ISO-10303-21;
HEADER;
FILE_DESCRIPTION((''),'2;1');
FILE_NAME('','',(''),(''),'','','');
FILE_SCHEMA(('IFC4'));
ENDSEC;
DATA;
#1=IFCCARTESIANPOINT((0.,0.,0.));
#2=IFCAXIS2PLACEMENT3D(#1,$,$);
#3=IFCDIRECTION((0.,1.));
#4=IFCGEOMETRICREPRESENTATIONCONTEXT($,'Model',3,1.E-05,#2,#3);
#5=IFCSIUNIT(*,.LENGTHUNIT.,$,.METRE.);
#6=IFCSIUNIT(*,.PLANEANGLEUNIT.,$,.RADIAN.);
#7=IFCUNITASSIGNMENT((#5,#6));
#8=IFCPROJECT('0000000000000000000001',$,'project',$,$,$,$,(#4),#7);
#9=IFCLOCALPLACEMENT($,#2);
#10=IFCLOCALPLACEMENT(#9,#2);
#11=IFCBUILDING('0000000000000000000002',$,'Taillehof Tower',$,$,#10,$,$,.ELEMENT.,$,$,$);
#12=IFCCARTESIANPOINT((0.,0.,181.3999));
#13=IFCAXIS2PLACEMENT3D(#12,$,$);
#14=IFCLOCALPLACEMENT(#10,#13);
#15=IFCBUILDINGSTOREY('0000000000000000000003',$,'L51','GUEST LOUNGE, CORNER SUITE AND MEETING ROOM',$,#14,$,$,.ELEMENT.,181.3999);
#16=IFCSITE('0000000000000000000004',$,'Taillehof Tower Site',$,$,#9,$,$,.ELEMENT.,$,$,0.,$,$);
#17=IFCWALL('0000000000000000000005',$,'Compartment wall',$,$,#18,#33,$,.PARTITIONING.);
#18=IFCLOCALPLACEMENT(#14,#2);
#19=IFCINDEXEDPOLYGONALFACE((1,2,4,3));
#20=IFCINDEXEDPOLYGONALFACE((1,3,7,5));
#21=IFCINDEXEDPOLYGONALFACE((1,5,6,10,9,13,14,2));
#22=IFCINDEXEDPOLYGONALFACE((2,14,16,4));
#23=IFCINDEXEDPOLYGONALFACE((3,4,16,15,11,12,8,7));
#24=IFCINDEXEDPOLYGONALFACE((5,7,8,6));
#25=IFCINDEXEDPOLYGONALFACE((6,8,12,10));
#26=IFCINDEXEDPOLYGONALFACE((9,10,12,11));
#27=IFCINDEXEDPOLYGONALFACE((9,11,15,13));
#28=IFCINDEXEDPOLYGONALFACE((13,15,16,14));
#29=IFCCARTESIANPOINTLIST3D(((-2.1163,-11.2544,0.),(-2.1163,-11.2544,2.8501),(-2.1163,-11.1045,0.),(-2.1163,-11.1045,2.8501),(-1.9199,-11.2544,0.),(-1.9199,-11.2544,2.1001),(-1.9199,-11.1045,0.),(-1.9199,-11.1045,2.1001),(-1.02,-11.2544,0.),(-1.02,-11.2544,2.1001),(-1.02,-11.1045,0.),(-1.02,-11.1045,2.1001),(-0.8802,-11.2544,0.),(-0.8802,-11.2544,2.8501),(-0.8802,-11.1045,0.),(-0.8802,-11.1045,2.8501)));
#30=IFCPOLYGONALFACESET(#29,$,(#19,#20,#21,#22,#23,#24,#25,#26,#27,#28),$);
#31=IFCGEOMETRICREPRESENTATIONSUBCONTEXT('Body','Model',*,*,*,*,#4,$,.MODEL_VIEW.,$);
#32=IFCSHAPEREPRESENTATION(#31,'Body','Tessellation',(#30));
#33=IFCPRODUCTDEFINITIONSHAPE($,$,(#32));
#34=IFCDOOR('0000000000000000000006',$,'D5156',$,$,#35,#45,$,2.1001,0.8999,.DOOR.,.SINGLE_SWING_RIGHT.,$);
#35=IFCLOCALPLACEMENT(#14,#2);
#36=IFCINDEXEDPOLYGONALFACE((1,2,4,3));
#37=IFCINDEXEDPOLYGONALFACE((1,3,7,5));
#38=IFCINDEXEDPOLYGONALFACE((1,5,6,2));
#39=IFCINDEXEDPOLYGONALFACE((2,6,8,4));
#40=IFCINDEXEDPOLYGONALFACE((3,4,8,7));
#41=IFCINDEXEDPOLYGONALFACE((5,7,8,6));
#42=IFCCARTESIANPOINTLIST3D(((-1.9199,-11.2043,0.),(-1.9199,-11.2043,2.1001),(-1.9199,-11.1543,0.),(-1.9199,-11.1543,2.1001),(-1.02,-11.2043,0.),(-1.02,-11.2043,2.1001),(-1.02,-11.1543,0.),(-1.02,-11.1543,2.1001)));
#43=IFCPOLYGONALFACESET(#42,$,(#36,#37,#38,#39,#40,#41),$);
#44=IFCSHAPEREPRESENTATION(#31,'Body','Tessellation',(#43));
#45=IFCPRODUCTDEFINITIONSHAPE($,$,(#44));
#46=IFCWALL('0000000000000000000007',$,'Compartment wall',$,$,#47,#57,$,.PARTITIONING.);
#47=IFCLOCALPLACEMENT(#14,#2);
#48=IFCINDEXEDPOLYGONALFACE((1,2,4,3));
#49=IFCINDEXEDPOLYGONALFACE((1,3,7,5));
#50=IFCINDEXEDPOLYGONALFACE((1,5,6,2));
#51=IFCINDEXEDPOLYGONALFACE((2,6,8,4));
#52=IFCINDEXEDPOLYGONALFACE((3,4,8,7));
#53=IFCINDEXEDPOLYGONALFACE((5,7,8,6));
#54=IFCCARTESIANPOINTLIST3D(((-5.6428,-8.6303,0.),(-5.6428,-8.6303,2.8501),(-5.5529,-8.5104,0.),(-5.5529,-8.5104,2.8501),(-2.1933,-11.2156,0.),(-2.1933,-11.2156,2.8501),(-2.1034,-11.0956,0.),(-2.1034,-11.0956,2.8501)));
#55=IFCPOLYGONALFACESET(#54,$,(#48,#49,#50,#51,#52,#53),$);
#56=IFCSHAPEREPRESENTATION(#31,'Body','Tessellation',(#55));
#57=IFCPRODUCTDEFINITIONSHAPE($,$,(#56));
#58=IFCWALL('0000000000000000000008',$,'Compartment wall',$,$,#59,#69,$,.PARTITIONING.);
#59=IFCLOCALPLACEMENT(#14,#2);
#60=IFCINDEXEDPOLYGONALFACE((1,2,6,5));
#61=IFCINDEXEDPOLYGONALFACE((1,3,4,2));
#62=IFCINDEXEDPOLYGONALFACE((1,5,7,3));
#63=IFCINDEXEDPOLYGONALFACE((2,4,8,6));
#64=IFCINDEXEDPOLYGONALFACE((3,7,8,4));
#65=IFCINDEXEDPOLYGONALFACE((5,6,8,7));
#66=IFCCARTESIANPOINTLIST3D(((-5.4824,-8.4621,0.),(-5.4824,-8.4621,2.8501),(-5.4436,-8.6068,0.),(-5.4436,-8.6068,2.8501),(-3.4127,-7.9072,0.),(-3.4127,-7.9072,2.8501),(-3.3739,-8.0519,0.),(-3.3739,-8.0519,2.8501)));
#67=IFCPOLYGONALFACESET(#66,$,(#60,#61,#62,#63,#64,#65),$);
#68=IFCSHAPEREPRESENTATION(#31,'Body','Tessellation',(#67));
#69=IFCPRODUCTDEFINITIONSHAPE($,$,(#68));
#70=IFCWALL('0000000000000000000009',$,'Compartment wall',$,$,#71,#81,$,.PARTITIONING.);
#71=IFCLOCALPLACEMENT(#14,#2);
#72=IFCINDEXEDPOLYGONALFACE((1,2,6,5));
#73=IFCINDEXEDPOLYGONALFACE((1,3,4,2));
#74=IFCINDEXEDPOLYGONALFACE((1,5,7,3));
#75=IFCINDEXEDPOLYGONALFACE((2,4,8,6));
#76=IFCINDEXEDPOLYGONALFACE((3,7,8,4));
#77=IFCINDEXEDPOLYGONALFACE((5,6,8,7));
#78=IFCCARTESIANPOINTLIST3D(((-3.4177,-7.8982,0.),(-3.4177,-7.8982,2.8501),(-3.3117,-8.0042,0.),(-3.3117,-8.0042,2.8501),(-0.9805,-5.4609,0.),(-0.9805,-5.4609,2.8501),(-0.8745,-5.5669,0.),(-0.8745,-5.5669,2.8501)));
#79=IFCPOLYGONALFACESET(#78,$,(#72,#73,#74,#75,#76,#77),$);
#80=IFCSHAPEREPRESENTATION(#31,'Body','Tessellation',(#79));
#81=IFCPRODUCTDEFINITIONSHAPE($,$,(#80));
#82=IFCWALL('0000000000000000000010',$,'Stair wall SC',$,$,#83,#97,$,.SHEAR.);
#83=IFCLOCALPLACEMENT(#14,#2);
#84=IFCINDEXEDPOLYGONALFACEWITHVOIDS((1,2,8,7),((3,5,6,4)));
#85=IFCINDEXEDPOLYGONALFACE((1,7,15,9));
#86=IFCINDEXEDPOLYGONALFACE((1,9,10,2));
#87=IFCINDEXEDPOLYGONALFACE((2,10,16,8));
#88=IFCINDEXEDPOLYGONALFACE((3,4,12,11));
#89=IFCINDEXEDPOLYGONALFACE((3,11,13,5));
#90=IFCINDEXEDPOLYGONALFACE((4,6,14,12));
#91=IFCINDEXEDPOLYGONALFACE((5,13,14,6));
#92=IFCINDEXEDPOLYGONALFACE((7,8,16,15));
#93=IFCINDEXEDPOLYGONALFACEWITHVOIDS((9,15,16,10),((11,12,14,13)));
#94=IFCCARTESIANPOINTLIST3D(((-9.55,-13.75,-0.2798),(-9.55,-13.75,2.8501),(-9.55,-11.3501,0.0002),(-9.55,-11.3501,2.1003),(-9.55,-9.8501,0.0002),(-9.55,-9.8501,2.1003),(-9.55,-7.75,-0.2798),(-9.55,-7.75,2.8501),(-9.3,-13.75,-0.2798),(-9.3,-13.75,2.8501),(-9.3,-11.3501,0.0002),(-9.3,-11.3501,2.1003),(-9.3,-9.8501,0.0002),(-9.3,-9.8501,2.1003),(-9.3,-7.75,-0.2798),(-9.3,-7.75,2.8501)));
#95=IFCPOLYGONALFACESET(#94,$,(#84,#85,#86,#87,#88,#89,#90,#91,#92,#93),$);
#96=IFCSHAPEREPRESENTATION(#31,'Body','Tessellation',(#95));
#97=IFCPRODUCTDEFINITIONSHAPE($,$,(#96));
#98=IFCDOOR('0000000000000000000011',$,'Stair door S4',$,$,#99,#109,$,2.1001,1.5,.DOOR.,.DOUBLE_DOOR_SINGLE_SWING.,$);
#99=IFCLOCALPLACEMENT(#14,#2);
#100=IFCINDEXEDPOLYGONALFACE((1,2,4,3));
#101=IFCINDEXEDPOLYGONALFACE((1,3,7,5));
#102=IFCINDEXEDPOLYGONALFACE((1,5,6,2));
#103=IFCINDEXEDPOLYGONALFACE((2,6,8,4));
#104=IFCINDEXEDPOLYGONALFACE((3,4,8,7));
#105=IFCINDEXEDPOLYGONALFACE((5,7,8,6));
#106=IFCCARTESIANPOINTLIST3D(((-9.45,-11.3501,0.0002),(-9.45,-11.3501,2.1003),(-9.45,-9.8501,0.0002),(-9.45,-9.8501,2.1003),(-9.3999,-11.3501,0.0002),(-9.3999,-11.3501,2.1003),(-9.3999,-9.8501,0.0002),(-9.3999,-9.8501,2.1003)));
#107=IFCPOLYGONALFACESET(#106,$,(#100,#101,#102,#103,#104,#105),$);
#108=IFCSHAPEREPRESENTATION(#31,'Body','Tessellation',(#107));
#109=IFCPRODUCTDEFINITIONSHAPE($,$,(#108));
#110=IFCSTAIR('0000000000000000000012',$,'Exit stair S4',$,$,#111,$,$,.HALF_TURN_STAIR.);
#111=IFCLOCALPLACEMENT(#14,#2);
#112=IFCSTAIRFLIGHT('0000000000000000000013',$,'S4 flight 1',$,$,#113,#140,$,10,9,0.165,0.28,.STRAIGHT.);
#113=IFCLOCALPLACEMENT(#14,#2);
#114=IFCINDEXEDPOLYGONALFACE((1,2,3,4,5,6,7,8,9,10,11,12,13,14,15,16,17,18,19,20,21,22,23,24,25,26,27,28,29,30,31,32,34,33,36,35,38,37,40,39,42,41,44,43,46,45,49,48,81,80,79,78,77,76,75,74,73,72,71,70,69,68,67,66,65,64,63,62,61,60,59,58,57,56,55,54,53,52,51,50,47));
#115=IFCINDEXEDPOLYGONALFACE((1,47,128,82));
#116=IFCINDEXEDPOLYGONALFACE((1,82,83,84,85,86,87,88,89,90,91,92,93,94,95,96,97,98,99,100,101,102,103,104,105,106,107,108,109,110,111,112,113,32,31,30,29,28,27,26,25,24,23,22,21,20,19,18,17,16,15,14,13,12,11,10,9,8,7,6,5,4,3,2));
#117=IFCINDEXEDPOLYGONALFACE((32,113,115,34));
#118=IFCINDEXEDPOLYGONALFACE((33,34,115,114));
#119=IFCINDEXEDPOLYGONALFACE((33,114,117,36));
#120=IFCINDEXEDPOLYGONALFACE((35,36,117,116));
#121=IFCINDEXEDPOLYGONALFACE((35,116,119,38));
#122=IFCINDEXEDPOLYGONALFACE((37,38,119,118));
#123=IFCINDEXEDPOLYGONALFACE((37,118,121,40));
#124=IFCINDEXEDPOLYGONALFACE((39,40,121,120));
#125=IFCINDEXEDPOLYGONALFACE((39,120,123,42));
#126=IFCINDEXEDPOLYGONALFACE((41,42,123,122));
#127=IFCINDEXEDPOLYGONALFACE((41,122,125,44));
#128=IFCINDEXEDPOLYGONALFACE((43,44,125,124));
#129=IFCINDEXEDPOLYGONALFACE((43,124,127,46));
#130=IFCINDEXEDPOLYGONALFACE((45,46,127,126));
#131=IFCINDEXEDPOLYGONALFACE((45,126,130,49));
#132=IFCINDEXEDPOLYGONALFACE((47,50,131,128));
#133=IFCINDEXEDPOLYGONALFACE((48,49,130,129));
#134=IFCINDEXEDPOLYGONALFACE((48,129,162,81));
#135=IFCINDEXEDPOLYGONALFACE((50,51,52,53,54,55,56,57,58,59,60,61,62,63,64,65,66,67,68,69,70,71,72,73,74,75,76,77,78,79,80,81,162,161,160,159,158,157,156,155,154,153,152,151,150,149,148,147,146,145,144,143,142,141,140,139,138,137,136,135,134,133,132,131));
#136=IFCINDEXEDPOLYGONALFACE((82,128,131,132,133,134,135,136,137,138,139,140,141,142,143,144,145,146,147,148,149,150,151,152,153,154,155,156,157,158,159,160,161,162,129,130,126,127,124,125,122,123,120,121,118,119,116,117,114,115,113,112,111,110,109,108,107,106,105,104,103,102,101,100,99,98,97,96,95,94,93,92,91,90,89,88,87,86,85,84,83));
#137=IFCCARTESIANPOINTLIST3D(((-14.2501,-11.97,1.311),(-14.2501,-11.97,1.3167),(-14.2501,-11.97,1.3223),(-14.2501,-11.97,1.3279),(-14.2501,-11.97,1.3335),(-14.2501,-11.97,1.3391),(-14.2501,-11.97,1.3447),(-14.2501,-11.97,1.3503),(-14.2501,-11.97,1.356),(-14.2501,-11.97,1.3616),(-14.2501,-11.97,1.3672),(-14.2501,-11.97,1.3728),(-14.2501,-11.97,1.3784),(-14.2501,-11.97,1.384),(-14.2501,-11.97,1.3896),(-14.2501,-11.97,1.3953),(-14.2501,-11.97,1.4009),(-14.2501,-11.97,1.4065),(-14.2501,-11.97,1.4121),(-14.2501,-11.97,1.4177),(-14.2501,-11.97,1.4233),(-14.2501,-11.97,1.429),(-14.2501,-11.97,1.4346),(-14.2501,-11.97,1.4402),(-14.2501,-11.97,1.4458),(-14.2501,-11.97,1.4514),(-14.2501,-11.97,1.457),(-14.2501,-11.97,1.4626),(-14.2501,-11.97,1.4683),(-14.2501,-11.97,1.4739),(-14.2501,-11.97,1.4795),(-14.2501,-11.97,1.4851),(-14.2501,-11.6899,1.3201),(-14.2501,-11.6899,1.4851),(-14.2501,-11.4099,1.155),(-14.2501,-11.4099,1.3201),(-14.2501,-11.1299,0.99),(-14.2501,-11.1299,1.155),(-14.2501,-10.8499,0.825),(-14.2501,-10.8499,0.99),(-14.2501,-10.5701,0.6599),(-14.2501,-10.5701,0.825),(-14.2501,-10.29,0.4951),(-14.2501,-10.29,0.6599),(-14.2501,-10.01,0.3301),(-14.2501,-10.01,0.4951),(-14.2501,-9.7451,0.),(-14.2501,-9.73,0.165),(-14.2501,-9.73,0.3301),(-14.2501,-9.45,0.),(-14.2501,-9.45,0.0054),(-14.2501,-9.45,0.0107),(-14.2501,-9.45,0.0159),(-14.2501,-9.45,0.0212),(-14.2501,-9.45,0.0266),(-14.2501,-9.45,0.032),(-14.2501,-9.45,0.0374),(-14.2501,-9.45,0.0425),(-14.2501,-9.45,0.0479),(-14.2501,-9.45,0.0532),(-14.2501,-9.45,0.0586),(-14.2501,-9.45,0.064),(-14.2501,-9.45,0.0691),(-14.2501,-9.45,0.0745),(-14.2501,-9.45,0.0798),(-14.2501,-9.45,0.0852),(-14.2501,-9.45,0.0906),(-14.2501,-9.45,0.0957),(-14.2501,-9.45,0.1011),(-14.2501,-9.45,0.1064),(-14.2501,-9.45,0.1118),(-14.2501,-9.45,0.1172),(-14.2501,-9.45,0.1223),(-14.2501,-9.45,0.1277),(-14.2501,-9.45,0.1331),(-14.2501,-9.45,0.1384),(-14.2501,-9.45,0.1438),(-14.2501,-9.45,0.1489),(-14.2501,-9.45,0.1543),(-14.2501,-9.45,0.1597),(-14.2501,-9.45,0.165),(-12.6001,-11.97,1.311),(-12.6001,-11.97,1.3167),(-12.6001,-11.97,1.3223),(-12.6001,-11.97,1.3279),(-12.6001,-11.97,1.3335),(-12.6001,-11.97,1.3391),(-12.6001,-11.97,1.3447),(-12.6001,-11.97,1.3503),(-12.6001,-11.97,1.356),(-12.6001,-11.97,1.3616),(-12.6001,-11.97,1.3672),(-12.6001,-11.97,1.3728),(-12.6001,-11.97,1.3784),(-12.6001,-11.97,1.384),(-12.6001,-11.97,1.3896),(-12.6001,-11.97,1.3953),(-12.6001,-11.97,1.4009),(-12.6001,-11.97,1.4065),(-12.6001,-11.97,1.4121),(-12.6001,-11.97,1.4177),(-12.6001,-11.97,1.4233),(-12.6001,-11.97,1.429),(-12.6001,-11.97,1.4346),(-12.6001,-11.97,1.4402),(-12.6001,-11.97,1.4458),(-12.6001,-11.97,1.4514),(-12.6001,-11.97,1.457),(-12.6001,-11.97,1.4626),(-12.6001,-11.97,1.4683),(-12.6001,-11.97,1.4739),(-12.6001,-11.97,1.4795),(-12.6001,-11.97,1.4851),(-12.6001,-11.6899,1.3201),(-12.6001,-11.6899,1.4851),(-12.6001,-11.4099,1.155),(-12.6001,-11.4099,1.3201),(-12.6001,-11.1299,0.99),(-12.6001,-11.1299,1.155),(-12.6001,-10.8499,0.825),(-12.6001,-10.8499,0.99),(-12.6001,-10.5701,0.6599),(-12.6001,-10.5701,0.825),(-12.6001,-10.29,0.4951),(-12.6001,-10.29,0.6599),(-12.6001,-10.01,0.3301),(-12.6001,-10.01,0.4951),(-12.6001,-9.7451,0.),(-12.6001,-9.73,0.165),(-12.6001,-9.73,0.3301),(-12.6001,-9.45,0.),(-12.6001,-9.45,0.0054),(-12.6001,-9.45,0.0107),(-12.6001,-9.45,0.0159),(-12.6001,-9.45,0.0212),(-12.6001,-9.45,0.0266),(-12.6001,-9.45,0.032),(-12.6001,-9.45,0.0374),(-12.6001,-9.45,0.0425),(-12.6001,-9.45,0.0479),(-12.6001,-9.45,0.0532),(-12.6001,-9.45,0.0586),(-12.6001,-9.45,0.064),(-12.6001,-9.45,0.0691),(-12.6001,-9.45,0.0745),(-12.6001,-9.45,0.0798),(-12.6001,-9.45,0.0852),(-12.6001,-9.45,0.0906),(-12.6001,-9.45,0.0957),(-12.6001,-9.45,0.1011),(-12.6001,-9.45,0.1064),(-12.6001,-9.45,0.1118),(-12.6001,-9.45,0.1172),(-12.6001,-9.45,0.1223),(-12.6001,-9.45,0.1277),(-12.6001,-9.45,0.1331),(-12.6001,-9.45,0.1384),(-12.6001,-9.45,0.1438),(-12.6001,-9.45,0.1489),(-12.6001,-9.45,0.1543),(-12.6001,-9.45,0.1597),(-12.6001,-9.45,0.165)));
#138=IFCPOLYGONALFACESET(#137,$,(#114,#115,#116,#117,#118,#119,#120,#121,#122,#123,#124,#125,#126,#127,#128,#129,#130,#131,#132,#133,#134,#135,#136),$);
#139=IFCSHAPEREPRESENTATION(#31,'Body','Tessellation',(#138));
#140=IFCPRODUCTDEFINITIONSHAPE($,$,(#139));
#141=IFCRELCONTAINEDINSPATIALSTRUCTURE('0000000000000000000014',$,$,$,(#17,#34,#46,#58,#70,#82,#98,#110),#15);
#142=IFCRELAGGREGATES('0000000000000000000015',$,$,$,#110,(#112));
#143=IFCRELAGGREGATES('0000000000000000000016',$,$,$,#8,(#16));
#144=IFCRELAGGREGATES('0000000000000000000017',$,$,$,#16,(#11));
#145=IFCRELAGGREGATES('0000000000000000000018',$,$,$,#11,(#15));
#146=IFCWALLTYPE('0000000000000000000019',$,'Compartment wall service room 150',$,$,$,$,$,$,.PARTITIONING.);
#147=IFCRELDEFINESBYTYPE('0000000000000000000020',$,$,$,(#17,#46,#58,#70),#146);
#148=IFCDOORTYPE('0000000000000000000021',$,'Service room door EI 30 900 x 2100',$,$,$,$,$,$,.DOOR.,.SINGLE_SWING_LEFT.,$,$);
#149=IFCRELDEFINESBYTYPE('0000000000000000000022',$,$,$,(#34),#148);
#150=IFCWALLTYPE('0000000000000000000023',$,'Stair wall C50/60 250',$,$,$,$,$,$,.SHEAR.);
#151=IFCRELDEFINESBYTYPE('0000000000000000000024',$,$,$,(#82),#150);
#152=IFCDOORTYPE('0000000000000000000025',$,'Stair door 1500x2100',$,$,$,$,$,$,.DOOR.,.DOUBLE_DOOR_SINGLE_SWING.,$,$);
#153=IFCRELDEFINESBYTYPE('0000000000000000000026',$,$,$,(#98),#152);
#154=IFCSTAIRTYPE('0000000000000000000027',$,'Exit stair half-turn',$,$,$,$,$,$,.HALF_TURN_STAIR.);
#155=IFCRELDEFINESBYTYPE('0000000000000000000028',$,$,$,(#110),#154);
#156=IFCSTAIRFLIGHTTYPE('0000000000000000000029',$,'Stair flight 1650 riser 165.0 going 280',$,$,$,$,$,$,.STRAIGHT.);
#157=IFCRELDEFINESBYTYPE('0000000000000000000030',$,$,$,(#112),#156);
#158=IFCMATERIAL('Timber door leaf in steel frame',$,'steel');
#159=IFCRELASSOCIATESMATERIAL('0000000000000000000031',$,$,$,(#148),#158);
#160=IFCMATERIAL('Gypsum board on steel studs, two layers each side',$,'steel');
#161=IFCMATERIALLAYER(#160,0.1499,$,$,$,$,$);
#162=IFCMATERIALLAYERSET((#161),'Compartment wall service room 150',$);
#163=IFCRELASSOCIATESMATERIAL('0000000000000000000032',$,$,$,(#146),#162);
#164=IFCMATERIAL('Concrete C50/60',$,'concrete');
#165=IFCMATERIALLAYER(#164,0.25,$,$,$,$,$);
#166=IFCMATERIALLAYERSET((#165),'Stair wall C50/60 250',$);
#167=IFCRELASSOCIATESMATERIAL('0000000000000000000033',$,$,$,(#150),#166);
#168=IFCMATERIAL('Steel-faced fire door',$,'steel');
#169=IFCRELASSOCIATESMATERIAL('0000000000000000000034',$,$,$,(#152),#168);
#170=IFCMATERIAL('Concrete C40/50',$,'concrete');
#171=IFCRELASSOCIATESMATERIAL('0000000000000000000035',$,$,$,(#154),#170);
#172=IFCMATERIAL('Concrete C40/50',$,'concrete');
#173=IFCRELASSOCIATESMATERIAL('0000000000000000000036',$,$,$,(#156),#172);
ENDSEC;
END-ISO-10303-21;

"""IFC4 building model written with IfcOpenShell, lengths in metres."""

from ifc_helpers import new_model, si_unit, direction, frame, frame_2d, origin, place, context, subcontext, project, spatial, polyline, rectangle, outline, extrude, material, layer, layer_set, type_object, element, fill, aggregate, save


model = new_model("IFC4")

# Units and contexts
model_context = context("Model", 3, precision=1e-05, world=origin(), true_north=direction((0.0, 1.0)))
body_context = subcontext(model_context, "Body", "Model", "MODEL_VIEW")
ifc_project = project(units=[si_unit("LENGTHUNIT", "METRE"), si_unit("PLANEANGLEUNIT", "RADIAN")], contexts=[model_context])

# Site, building, storey
site_placement = place(None, origin())
site = spatial("IfcSite", under=ifc_project, at=site_placement, Name="Taillehof Tower Site", CompositionType="ELEMENT", RefElevation=0.0)
building_placement = place(site_placement, origin())
building = spatial("IfcBuilding", under=site, at=building_placement, Name="Taillehof Tower", CompositionType="ELEMENT")
storey_placement = place(building_placement, frame((0.0, 0.0, 181.3999)))
storey = spatial("IfcBuildingStorey", under=building, at=storey_placement, Name="L51", Description="GUEST LOUNGE, CORNER SUITE AND MEETING ROOM", CompositionType="ELEMENT", Elevation=181.3999)

# Shared definitions
ifc_material_1 = material(Name="Timber door leaf in steel frame", Category="steel")
door_type_1 = type_object("IfcDoorType", Name="Service room door EI 30 900 x 2100", OperationType="SINGLE_SWING_LEFT", PredefinedType="DOOR", material=ifc_material_1)

# Wall, opening, door
ifc_material_2 = material(Name="Gypsum board on steel studs, two layers each side", Category="steel")
ifc_layer_1 = layer(ifc_material_2, 0.1499)
ifc_layer_set_1 = layer_set([ifc_layer_1], Name="Compartment wall service room 150")
wall_type_1 = type_object("IfcWallType", Name="Compartment wall service room 150", PredefinedType="PARTITIONING", material=ifc_layer_set_1)
wall_1_placement = place(storey_placement, frame((-0.8801, -11.1794, 0.0), z_axis=(0.0, 0.0, 1.0), x_axis=(-1.0, 0.0, 0.0)))
wall_1 = element("IfcWall", 1, at=wall_1_placement, inside=storey, type_object=wall_type_1, Name="Compartment wall", PredefinedType="PARTITIONING", context=body_context, shape_type="SweptSolid", body=[
    extrude(rectangle(XDim=1.2361, YDim=0.1499, at=frame_2d((0.6182, 0.0))), origin(), (0.0, 0.0, 1.0), 2.8501),
])
opening_1_placement = place(wall_1_placement, frame((0.1399, 0.0, 0.0)))
opening_1 = element("IfcOpeningElement", 2, at=opening_1_placement, cuts=wall_1, PredefinedType="OPENING", context=body_context, shape_type="SweptSolid", body=[
    extrude(rectangle(XDim=0.8999, YDim=2.1001, at=frame_2d((0.45, 1.05))), frame((0.0, 0.085, 0.0), z_axis=(0.0, -1.0, 0.0), x_axis=(1.0, 0.0, 0.0)), (0.0, 0.0, 1.0), 0.1699),
])
door_1_placement = place(opening_1_placement, origin())
door_1 = element("IfcDoor", 3, at=door_1_placement, inside=storey, type_object=door_type_1, Name="D5156", OperationType="SINGLE_SWING_RIGHT", OverallHeight=2.1001, OverallWidth=0.8999, PredefinedType="DOOR", context=body_context, shape_type="SweptSolid", body=[
    extrude(rectangle(XDim=0.8999, YDim=2.1001, at=frame_2d((0.45, 1.05))), frame((0.0, 0.0249, 0.0), z_axis=(0.0, -1.0, 0.0), x_axis=(1.0, 0.0, 0.0)), (0.0, 0.0, 1.0), 0.05),
])
fill(opening_1, door_1)

# Walls
wall_2_placement = place(storey_placement, frame((-2.1484, -11.1555, 0.0), z_axis=(0.0, 0.0, 1.0), x_axis=(-0.800211, 0.599719, 0.0)))
element("IfcWall", 4, at=wall_2_placement, inside=storey, type_object=wall_type_1, Name="Compartment wall", PredefinedType="PARTITIONING", context=body_context, shape_type="SweptSolid", body=[
    extrude(rectangle(XDim=4.3108, YDim=0.1499, at=frame_2d((2.1553, 0.0))), origin(), (0.0, 0.0, 1.0), 2.8501),
])
wall_3_placement = place(storey_placement, frame((-5.4629, -8.5344, 0.0), z_axis=(0.0, 0.0, 1.0), x_axis=(0.965888, 0.25896, 0.0)))
element("IfcWall", 5, at=wall_3_placement, inside=storey, type_object=wall_type_1, Name="Compartment wall", PredefinedType="PARTITIONING", context=body_context, shape_type="SweptSolid", body=[
    extrude(rectangle(XDim=2.1428, YDim=0.1499, at=frame_2d((1.0713, 0.0))), origin(), (0.0, 0.0, 1.0), 2.8501),
])
wall_4_placement = place(storey_placement, frame((-3.3647, -7.9512, 0.0), z_axis=(0.0, 0.0, 1.0), x_axis=(0.707107, 0.707107, 0.0)))
element("IfcWall", 6, at=wall_4_placement, inside=storey, type_object=wall_type_1, Name="Compartment wall", PredefinedType="PARTITIONING", context=body_context, shape_type="SweptSolid", body=[
    extrude(rectangle(XDim=3.4468, YDim=0.1499, at=frame_2d((1.7234, 0.0))), origin(), (0.0, 0.0, 1.0), 2.8501),
])

# Wall, opening, door
ifc_material_3 = material(Name="Concrete C50/60", Category="concrete")
ifc_layer_2 = layer(ifc_material_3, 0.25)
ifc_layer_set_2 = layer_set([ifc_layer_2], Name="Stair wall C50/60 250")
wall_type_2 = type_object("IfcWallType", Name="Stair wall C50/60 250", PredefinedType="SHEAR", material=ifc_layer_set_2)
wall_5_placement = place(storey_placement, frame((-9.425, -13.75, -0.2798), z_axis=(0.0, 0.0, 1.0), x_axis=(0.0, 1.0, 0.0)))
wall_5 = element("IfcWall", 7, at=wall_5_placement, inside=storey, type_object=wall_type_2, Name="Stair wall SC", PredefinedType="SHEAR", context=body_context, shape_type="SweptSolid", body=[
    extrude(rectangle(XDim=6.0, YDim=0.25, at=frame_2d((3.0, 0.0))), origin(), (0.0, 0.0, 1.0), 3.1299),
])
opening_2_placement = place(wall_5_placement, frame((2.3999, 0.0, 0.28)))
opening_2 = element("IfcOpeningElement", 8, at=opening_2_placement, cuts=wall_5, PredefinedType="OPENING", context=body_context, shape_type="SweptSolid", body=[
    extrude(rectangle(XDim=1.5, YDim=2.1001, at=frame_2d((0.75, 1.05))), frame((0.0, 0.135, 0.0), z_axis=(0.0, -1.0, 0.0), x_axis=(1.0, 0.0, 0.0)), (0.0, 0.0, 1.0), 0.27),
])
ifc_material_4 = material(Name="Steel-faced fire door", Category="steel")
door_type_2 = type_object("IfcDoorType", Name="Stair door 1500x2100", OperationType="DOUBLE_DOOR_SINGLE_SWING", PredefinedType="DOOR", material=ifc_material_4)
door_2_placement = place(opening_2_placement, origin())
door_2 = element("IfcDoor", 9, at=door_2_placement, inside=storey, type_object=door_type_2, Name="Stair door S4", OperationType="DOUBLE_DOOR_SINGLE_SWING", OverallHeight=2.1001, OverallWidth=1.5, PredefinedType="DOOR", context=body_context, shape_type="SweptSolid", body=[
    extrude(rectangle(XDim=1.5, YDim=2.1001, at=frame_2d((0.75, 1.05))), frame((0.0, 0.0249, 0.0), z_axis=(0.0, -1.0, 0.0), x_axis=(1.0, 0.0, 0.0)), (0.0, 0.0, 1.0), 0.05),
])
fill(opening_2, door_2)

# Stair, stair flight
ifc_material_5 = material(Name="Concrete C40/50", Category="concrete")
stair_type = type_object("IfcStairType", Name="Exit stair half-turn", PredefinedType="HALF_TURN_STAIR", material=ifc_material_5)
stair_placement = place(storey_placement, origin())
stair = element("IfcStair", 10, at=stair_placement, inside=storey, type_object=stair_type, Name="Exit stair S4", PredefinedType="HALF_TURN_STAIR")
ifc_material_6 = material(Name="Concrete C40/50", Category="concrete")
stair_flight_type = type_object("IfcStairFlightType", Name="Stair flight 1650 riser 165.0 going 280", PredefinedType="STRAIGHT", material=ifc_material_6)
stair_flight_1_placement = place(storey_placement, frame((-13.425, -9.45, 0.0), z_axis=(0.0, 0.0, 1.0), x_axis=(0.0, -1.0, 0.0)))
stair_flight_1 = element("IfcStairFlight", 11, at=stair_flight_1_placement, type_object=stair_flight_type, Name="S4 flight 1", NumberOfRisers=10, NumberOfTreads=9, PredefinedType="STRAIGHT", RiserHeight=0.165, TreadLength=0.28, context=body_context, shape_type="SweptSolid", body=[
    extrude(outline(polyline([(0.0, 0.0), (0.0, 0.0054), (0.0, 0.0107), (0.0, 0.0159), (0.0, 0.0212), (0.0, 0.0266), (0.0, 0.032), (0.0, 0.0374), (0.0, 0.0425), (0.0, 0.0479), (0.0, 0.0532), (0.0, 0.0586), (0.0, 0.064), (0.0, 0.0691), (0.0, 0.0745), (0.0, 0.0798), (0.0, 0.0852), (0.0, 0.0906), (0.0, 0.0957), (0.0, 0.1011), (0.0, 0.1064), (0.0, 0.1118), (0.0, 0.1172), (0.0, 0.1223), (0.0, 0.1277), (0.0, 0.1331), (0.0, 0.1384), (0.0, 0.1438), (0.0, 0.1489), (0.0, 0.1543), (0.0, 0.1597), (0.0, 0.165), (0.28, 0.165), (0.28, 0.3301), (0.5601, 0.3301), (0.5601, 0.4951), (0.8401, 0.4951), (0.8401, 0.6599), (1.1201, 0.6599), (1.1201, 0.825), (1.3999, 0.825), (1.3999, 0.99), (1.6799, 0.99), (1.6799, 1.155), (1.96, 1.155), (1.96, 1.3201), (2.24, 1.3201), (2.24, 1.4851), (2.52, 1.4851), (2.52, 1.4795), (2.52, 1.4739), (2.52, 1.4683), (2.52, 1.4626), (2.52, 1.457), (2.52, 1.4514), (2.52, 1.4458), (2.52, 1.4402), (2.52, 1.4346), (2.52, 1.429), (2.52, 1.4233), (2.52, 1.4177), (2.52, 1.4121), (2.52, 1.4065), (2.52, 1.4009), (2.52, 1.3953), (2.52, 1.3896), (2.52, 1.384), (2.52, 1.3784), (2.52, 1.3728), (2.52, 1.3672), (2.52, 1.3616), (2.52, 1.356), (2.52, 1.3503), (2.52, 1.3447), (2.52, 1.3391), (2.52, 1.3335), (2.52, 1.3279), (2.52, 1.3223), (2.52, 1.3167), (2.52, 1.311), (0.2952, 0.0), (0.0, 0.0)])), frame((0.0, 0.825, 0.0), z_axis=(0.0, -1.0, 0.0), x_axis=(1.0, 0.0, 0.0)), (0.0, 0.0, 1.0), 1.65),
])
aggregate(stair, [stair_flight_1])

save(model, "model.ifc")
